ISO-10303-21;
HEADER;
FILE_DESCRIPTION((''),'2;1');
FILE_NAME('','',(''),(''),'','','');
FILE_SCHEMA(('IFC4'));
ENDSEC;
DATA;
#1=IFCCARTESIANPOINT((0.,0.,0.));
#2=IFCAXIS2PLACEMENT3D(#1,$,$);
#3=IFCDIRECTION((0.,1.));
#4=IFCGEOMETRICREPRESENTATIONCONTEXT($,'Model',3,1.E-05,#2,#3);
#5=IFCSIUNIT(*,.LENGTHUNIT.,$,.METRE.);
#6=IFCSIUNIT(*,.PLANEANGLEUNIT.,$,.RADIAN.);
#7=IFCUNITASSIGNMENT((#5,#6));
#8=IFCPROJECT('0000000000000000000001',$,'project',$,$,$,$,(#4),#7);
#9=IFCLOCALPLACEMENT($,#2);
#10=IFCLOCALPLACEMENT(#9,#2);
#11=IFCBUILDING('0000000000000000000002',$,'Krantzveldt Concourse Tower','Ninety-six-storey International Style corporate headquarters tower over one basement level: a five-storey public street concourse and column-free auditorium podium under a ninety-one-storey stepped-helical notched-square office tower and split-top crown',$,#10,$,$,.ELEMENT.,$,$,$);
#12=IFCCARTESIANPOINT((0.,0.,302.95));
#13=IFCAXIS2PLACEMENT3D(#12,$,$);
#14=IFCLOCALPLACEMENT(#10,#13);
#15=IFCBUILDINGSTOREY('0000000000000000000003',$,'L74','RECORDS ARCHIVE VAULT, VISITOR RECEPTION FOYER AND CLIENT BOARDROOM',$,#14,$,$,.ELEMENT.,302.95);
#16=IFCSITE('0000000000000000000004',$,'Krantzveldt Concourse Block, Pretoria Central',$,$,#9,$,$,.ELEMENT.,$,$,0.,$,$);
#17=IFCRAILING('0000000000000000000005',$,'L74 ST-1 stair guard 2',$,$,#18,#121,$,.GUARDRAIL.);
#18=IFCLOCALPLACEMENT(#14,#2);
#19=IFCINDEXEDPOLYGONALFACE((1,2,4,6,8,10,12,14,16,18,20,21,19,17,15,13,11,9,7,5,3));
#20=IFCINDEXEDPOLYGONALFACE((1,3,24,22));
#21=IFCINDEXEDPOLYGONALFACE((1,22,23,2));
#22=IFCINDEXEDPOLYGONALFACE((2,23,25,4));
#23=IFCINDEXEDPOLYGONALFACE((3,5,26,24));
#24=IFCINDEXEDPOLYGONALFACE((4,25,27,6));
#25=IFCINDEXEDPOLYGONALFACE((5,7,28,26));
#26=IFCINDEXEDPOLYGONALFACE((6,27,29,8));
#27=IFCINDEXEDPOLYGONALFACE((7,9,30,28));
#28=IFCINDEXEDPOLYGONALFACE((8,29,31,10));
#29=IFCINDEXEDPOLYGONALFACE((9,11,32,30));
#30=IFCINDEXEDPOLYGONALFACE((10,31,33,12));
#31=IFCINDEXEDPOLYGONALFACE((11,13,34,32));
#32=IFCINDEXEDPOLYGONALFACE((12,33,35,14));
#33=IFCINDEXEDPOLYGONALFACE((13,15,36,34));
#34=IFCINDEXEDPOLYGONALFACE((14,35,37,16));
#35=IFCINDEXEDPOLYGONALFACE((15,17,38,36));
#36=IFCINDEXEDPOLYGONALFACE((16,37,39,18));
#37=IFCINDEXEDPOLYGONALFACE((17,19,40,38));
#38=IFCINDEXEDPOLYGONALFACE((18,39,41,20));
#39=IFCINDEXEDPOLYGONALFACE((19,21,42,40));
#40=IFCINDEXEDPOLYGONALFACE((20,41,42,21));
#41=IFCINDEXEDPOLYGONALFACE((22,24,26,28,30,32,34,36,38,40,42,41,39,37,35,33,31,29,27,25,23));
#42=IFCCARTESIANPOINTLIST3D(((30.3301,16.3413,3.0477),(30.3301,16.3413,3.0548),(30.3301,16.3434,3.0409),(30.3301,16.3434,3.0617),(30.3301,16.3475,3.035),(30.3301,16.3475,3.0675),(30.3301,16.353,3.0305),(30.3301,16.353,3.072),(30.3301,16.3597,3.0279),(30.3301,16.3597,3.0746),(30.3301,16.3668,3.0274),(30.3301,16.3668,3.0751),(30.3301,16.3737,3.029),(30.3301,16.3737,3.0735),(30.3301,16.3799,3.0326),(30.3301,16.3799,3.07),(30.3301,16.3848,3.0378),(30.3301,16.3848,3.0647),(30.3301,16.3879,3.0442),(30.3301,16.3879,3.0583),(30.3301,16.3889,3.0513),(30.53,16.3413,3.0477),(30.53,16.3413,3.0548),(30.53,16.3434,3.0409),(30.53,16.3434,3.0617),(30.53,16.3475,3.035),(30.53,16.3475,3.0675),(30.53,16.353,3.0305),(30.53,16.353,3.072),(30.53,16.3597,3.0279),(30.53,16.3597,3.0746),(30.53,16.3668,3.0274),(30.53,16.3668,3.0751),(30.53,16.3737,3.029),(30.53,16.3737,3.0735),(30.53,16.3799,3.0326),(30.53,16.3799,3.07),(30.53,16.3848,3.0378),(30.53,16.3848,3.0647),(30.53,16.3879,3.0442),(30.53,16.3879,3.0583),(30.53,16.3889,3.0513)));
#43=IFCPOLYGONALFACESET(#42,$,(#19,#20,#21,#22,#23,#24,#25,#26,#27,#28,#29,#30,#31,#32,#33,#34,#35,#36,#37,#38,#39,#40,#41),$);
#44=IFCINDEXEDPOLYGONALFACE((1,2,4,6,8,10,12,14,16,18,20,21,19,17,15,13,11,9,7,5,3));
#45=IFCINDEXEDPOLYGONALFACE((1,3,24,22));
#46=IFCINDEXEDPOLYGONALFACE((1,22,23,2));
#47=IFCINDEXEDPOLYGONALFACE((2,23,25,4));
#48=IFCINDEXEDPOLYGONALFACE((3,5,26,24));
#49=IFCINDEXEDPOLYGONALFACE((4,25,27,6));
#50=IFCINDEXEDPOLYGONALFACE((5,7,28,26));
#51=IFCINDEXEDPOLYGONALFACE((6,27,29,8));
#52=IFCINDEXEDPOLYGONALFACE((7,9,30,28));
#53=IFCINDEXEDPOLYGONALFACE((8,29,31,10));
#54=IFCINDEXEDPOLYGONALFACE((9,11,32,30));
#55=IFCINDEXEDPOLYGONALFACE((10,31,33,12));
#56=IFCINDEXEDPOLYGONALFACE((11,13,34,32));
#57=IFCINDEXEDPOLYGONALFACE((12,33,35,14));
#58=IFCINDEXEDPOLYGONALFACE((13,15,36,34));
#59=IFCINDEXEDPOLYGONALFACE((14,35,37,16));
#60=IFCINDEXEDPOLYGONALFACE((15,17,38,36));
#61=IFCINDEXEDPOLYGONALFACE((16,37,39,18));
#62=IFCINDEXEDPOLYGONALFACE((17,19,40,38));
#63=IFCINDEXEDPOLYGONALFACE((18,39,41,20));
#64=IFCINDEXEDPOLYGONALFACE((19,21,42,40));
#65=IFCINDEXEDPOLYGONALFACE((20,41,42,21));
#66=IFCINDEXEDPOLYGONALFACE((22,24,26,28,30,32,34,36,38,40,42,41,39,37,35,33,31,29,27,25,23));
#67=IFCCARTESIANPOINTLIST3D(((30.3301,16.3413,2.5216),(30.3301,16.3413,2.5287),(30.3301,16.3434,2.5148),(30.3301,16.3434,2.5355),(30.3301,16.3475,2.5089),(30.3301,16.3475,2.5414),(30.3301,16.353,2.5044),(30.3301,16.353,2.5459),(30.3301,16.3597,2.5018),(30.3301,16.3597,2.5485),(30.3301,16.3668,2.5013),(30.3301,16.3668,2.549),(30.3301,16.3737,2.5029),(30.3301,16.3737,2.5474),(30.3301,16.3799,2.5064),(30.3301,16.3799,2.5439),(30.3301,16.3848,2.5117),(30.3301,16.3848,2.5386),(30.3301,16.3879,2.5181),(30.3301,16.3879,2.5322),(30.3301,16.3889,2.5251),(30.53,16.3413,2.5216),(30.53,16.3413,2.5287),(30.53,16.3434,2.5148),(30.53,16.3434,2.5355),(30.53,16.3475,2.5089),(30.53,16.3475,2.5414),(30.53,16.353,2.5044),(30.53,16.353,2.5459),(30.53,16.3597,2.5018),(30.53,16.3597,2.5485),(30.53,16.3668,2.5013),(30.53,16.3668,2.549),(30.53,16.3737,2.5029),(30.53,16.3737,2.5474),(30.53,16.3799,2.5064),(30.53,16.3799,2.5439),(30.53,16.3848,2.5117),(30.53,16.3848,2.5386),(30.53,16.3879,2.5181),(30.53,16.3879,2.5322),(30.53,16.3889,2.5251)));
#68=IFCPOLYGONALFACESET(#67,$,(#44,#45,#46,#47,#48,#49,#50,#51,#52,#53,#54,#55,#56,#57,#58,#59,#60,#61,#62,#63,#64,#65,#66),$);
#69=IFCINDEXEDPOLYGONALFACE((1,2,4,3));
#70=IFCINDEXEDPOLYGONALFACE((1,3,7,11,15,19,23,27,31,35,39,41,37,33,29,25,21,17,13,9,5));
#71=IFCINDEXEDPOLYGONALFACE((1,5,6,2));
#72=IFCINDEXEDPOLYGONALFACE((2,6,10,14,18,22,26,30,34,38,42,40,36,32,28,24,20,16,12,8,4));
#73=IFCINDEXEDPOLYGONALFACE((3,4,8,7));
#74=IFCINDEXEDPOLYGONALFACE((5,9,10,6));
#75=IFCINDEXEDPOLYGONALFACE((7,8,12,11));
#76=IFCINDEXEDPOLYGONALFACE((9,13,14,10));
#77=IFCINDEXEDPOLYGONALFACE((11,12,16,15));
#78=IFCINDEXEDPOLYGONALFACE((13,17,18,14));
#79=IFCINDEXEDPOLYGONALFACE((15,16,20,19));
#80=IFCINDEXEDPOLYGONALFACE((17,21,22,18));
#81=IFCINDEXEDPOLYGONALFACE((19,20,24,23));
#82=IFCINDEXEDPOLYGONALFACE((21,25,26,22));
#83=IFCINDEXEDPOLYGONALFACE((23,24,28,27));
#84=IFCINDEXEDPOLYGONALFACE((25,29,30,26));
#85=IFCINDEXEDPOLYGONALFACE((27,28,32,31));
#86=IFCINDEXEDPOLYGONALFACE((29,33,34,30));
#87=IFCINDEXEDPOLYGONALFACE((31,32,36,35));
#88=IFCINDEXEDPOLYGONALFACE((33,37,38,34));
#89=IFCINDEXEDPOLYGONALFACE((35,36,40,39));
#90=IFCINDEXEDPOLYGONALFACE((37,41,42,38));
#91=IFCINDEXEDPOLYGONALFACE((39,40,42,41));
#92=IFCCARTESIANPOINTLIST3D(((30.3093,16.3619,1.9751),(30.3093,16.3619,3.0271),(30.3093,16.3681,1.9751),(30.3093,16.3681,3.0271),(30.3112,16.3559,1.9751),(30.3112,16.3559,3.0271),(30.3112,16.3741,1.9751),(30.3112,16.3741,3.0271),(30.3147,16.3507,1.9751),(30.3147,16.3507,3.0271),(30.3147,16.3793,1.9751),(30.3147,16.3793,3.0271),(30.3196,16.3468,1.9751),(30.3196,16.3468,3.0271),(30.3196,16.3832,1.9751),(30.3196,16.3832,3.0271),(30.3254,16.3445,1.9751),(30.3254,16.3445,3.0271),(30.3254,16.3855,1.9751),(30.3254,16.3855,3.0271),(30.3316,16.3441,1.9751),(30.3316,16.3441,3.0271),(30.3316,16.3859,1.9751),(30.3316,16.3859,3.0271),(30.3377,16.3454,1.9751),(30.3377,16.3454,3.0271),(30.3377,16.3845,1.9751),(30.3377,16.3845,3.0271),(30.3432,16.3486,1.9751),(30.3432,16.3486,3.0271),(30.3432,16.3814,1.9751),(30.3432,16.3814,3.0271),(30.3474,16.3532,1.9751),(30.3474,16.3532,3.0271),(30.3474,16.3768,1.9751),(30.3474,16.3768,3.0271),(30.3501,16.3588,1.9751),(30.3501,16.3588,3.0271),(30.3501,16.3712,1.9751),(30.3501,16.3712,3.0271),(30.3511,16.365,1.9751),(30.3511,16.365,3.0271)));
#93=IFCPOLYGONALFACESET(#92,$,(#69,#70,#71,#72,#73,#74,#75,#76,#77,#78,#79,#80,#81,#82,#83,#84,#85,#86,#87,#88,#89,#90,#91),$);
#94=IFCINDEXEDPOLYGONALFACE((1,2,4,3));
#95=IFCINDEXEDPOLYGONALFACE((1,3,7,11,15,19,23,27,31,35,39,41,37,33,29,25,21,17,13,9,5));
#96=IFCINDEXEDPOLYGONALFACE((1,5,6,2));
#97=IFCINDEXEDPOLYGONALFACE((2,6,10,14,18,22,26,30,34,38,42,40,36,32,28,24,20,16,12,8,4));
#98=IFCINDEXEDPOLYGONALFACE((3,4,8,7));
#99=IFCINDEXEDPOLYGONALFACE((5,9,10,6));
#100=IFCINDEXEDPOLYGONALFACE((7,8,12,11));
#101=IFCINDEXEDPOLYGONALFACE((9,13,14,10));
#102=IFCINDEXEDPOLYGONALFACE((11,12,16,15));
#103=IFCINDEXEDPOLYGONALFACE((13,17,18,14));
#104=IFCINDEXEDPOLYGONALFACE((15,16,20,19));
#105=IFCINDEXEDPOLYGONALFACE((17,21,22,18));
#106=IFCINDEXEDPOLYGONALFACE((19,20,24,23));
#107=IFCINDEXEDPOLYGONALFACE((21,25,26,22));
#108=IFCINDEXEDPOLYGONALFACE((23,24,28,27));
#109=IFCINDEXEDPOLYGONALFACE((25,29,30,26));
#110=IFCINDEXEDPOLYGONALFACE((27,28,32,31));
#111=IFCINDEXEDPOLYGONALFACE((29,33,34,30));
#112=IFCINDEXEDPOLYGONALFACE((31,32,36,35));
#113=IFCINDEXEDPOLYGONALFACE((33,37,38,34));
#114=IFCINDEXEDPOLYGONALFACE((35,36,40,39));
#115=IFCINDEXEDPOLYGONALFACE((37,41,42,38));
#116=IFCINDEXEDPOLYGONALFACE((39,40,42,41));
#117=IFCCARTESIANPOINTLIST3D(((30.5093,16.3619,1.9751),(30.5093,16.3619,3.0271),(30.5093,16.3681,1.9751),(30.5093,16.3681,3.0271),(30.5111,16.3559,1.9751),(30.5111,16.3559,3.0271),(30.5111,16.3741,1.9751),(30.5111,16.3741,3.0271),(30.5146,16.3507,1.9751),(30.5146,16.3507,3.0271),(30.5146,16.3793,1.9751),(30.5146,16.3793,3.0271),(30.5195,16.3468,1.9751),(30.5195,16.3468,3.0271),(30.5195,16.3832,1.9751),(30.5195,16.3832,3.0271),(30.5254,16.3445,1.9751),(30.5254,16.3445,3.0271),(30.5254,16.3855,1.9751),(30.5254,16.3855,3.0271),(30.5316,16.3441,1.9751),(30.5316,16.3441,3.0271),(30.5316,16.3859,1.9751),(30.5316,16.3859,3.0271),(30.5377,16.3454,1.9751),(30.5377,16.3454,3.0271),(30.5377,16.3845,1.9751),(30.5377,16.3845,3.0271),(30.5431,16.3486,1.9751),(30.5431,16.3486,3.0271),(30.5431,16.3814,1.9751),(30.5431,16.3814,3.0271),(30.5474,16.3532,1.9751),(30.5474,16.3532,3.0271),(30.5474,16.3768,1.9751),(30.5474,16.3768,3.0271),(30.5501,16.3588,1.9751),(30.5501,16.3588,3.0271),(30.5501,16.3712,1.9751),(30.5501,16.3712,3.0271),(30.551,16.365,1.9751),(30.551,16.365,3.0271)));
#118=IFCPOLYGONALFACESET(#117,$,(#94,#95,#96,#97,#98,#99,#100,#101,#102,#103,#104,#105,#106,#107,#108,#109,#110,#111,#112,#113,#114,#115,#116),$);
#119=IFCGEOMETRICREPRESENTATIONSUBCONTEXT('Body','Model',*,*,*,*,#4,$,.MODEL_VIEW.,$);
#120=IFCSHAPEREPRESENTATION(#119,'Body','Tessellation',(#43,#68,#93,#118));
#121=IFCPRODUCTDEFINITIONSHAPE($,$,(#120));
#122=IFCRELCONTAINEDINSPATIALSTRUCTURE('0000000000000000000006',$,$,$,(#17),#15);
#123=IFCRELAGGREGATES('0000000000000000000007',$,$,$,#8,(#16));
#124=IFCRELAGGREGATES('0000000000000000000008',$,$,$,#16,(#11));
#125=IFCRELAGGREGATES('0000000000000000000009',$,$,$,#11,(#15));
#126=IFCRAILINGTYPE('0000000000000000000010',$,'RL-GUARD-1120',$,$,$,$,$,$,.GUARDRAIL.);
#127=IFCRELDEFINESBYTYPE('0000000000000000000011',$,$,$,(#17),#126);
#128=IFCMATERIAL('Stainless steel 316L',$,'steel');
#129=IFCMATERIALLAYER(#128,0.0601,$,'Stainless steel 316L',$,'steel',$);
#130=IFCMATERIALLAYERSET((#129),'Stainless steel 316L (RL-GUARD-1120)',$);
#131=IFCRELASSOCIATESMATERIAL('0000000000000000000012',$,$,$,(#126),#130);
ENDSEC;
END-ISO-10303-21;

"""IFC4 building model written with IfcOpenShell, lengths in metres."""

from ifc_helpers import new_model, si_unit, direction, frame, origin, origin_2d, place, context, subcontext, project, spatial, circle, extrude, material, layer, layer_set, type_object, element, save


model = new_model("IFC4")

# Units and contexts
model_context = context("Model", 3, precision=1e-05, world=origin(), true_north=direction((0.0, 1.0)))
body_context = subcontext(model_context, "Body", "Model", "MODEL_VIEW")
ifc_project = project(units=[si_unit("LENGTHUNIT", "METRE"), si_unit("PLANEANGLEUNIT", "RADIAN")], contexts=[model_context])

# Site, building, storey
site_placement = place(None, origin())
site = spatial("IfcSite", under=ifc_project, at=site_placement, Name="Krantzveldt Concourse Block, Pretoria Central", CompositionType="ELEMENT", RefElevation=0.0)
building_placement = place(site_placement, origin())
building = spatial("IfcBuilding", under=site, at=building_placement, Name="Krantzveldt Concourse Tower", Description="Ninety-six-storey International Style corporate headquarters tower over one basement level: a five-storey public street concourse and column-free auditorium podium under a ninety-one-storey stepped-helical notched-square office tower and split-top crown", CompositionType="ELEMENT")
storey_placement = place(building_placement, frame((0.0, 0.0, 302.95)))
storey = spatial("IfcBuildingStorey", under=building, at=storey_placement, Name="L74", Description="RECORDS ARCHIVE VAULT, VISITOR RECEPTION FOYER AND CLIENT BOARDROOM", CompositionType="ELEMENT", Elevation=302.95)

# Railing
ifc_material_1 = material(Name="Stainless steel 316L", Category="steel")
ifc_layer_1 = layer(ifc_material_1, 0.0601, Name="Stainless steel 316L", Category="steel")
ifc_layer_set_1 = layer_set([ifc_layer_1], Name="Stainless steel 316L (RL-GUARD-1120)")
railing_type_1 = type_object("IfcRailingType", Name="RL-GUARD-1120", PredefinedType="GUARDRAIL", material=ifc_layer_set_1)
railing_1_placement = place(storey_placement, frame((30.3301, 16.365, 1.9751)))
element("IfcRailing", 1, at=railing_1_placement, inside=storey, type_object=railing_type_1, Name="L74 ST-1 stair guard 2", PredefinedType="GUARDRAIL", context=body_context, shape_type="SweptSolid", body=[
    extrude(circle(Radius=0.0239, at=origin_2d()), frame((0.0, 0.0, 1.0762), z_axis=(1.0, 0.0, 0.0), x_axis=(0.0, 1.0, 0.0)), (0.0, 0.0, 1.0), 0.2),
    extrude(circle(Radius=0.0239, at=origin_2d()), frame((0.0, 0.0, 0.55), z_axis=(1.0, 0.0, 0.0), x_axis=(0.0, 1.0, 0.0)), (0.0, 0.0, 1.0), 0.2),
    extrude(circle(Radius=0.021, at=origin_2d()), origin(), (0.0, 0.0, 1.0), 1.052),
    extrude(circle(Radius=0.021, at=origin_2d()), frame((0.2, 0.0, 0.0)), (0.0, 0.0, 1.0), 1.052),
])

save(model, "model.ifc")
